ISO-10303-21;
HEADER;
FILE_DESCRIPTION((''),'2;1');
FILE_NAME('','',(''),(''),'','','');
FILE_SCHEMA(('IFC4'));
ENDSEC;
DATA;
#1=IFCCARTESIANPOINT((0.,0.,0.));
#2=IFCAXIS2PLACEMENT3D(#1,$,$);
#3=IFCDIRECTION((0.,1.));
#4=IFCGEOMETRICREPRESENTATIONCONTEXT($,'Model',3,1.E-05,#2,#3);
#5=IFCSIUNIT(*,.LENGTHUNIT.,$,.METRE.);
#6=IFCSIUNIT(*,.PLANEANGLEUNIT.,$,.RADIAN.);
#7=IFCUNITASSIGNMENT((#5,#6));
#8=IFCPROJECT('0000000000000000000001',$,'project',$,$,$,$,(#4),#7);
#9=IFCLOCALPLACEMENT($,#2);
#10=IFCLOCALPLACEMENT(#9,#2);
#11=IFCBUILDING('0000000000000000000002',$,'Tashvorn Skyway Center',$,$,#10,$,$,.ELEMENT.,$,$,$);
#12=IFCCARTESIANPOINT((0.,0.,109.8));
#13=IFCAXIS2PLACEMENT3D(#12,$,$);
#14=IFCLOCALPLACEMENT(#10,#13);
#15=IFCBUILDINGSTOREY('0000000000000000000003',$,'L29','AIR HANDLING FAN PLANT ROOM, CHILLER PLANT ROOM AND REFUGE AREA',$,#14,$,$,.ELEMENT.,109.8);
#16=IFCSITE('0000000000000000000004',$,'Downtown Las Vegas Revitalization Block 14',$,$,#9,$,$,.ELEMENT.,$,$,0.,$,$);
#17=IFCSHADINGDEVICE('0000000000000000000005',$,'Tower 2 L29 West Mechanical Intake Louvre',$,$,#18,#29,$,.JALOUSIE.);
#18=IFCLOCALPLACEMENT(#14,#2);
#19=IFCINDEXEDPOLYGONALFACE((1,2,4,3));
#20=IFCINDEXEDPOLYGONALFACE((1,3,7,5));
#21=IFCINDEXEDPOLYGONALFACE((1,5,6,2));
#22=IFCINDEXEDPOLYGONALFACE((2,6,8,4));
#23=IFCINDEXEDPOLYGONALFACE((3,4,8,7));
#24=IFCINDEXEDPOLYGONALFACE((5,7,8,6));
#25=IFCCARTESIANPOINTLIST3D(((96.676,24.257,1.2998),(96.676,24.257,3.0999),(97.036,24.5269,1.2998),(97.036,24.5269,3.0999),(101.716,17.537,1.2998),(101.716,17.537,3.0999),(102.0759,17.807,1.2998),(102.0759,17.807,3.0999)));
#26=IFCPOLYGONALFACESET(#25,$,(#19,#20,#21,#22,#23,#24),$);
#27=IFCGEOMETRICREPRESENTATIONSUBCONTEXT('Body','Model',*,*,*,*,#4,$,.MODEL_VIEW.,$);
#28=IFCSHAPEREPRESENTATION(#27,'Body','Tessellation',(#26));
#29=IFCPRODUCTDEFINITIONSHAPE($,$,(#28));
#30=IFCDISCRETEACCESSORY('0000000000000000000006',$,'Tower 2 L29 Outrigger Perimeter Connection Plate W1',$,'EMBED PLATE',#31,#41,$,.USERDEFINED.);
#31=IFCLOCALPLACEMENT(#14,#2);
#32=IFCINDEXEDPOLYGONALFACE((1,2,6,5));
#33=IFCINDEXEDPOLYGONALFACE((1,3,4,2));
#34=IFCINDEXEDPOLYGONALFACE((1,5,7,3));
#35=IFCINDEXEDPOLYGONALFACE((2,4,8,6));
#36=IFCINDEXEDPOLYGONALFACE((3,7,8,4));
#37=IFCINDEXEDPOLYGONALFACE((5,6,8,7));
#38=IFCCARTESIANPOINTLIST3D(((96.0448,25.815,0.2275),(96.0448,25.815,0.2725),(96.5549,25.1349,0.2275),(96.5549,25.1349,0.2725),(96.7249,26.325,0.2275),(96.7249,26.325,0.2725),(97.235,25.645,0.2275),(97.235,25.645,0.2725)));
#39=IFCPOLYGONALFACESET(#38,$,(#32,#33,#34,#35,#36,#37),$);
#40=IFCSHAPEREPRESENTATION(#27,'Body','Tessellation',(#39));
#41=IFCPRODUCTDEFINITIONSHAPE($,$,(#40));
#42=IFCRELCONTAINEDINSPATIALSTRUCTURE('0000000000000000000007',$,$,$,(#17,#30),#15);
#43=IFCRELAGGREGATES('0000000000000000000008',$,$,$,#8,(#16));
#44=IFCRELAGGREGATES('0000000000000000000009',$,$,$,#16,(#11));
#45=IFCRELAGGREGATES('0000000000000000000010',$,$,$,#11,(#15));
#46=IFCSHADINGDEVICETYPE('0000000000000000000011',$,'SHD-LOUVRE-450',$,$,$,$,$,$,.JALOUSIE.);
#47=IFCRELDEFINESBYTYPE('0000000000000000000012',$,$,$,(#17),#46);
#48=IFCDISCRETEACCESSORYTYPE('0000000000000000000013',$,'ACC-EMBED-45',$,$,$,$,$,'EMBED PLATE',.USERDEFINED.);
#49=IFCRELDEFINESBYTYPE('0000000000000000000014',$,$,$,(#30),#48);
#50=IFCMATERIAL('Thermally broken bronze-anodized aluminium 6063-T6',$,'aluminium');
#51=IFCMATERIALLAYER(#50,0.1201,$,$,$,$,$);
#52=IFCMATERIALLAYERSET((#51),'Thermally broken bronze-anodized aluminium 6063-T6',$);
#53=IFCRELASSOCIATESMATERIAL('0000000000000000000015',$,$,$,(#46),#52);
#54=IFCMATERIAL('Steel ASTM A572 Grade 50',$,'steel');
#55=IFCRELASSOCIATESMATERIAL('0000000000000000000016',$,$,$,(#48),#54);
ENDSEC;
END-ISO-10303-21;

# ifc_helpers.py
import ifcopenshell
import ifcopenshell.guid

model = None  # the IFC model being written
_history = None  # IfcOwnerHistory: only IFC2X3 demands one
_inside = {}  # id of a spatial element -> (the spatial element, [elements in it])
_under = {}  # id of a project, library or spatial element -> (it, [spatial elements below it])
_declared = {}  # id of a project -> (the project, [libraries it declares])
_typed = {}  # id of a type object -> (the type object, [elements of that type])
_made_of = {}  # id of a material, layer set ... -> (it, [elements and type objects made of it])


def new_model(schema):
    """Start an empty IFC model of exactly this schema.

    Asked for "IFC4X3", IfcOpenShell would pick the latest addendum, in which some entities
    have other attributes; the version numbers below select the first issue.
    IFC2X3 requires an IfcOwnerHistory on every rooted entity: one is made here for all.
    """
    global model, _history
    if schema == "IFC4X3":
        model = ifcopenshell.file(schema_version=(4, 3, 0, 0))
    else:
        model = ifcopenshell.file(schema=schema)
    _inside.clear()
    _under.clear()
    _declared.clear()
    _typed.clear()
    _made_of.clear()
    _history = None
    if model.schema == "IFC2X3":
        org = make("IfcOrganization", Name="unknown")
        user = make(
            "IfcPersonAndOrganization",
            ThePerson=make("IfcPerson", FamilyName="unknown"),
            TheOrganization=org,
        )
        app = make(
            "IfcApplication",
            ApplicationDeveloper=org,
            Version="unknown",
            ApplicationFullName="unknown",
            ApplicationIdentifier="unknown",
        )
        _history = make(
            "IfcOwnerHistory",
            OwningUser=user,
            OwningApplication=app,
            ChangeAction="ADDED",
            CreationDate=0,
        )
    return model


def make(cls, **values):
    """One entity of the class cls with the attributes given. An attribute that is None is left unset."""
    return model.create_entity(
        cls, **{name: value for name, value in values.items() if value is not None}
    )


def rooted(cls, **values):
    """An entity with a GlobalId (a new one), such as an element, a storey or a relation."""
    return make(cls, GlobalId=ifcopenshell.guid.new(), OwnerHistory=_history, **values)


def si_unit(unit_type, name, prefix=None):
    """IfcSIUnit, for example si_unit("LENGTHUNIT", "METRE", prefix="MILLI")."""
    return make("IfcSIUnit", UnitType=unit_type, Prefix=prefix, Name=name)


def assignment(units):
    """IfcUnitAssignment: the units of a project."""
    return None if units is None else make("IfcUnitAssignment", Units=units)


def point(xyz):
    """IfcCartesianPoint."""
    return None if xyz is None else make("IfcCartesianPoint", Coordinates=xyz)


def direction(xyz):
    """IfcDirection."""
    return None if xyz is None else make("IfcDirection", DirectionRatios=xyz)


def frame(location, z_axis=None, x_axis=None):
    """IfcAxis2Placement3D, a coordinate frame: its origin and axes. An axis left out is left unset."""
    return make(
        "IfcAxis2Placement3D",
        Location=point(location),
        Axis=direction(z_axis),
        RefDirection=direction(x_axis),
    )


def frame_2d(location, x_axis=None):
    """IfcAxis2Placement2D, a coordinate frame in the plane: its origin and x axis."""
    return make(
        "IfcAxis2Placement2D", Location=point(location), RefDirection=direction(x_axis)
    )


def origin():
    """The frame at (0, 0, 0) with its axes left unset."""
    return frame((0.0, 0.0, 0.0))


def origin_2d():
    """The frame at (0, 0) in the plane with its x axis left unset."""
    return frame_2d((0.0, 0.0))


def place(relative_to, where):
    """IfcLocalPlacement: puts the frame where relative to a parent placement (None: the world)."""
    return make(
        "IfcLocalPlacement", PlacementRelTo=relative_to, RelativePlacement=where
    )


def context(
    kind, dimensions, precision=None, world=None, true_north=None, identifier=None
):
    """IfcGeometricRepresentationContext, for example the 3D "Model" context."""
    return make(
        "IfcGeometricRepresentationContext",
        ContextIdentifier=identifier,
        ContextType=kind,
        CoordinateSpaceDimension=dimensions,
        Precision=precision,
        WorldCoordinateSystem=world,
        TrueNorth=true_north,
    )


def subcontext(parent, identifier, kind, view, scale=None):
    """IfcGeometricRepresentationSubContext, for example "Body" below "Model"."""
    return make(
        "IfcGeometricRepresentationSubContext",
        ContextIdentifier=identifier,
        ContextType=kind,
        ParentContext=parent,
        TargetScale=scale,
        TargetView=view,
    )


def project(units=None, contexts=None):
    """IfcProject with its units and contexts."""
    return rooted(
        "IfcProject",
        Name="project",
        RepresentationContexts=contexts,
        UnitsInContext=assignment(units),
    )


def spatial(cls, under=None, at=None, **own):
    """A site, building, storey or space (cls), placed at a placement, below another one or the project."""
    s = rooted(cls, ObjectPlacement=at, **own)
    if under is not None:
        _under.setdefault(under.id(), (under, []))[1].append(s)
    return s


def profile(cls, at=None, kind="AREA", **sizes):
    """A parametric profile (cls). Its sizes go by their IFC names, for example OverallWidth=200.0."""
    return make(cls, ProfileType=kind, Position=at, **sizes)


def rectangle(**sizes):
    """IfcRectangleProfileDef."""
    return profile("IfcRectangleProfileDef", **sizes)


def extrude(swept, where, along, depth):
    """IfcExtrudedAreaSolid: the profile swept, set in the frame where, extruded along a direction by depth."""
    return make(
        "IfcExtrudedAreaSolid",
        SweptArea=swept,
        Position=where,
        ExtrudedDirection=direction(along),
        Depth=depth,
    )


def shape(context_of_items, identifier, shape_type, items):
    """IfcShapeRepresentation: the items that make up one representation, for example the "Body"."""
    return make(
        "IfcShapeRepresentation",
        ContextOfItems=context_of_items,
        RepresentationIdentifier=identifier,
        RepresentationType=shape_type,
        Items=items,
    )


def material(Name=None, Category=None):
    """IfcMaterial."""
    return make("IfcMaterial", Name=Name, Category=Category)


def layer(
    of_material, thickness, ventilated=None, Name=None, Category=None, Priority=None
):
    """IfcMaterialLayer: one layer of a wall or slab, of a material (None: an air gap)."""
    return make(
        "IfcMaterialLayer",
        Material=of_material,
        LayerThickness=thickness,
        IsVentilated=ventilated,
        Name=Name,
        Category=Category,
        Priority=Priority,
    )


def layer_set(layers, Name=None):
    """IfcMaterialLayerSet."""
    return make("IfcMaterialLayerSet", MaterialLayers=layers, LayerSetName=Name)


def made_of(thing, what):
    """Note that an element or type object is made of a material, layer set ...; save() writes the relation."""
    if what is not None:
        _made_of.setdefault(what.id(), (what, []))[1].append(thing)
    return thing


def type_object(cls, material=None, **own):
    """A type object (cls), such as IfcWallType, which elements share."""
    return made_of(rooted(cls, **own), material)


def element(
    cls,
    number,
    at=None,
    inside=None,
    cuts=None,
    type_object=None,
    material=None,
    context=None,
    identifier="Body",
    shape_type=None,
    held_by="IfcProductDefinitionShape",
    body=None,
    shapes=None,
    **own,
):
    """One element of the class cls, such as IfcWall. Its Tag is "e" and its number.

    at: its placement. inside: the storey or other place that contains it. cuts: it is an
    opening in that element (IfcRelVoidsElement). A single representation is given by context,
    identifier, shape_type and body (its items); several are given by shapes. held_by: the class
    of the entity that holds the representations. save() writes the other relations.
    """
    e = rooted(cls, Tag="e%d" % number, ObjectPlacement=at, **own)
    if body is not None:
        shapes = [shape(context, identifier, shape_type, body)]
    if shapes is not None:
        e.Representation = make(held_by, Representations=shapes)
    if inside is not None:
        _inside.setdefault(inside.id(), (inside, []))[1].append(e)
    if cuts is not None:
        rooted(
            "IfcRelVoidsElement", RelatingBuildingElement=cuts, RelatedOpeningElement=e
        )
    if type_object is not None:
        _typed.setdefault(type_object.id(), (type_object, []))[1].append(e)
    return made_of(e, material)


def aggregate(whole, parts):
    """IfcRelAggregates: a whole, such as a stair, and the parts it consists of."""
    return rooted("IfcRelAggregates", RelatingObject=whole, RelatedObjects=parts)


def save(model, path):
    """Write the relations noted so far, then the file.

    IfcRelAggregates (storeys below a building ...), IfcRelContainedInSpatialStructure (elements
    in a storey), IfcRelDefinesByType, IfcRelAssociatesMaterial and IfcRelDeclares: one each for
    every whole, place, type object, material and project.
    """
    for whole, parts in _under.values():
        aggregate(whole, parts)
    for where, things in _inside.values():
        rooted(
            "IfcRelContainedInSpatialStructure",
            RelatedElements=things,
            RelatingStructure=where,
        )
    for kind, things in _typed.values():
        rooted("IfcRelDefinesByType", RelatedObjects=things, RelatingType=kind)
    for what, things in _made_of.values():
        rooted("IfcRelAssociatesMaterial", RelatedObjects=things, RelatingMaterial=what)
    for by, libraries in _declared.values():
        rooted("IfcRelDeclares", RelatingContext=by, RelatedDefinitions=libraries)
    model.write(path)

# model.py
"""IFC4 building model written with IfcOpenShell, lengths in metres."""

from ifc_helpers import new_model, si_unit, direction, frame, origin, origin_2d, place, context, subcontext, project, spatial, rectangle, extrude, material, layer, layer_set, type_object, element, save


model = new_model("IFC4")

# Units and contexts
model_context = context("Model", 3, precision=1e-05, world=origin(), true_north=direction((0.0, 1.0)))
body_context = subcontext(model_context, "Body", "Model", "MODEL_VIEW")
ifc_project = project(units=[si_unit("LENGTHUNIT", "METRE"), si_unit("PLANEANGLEUNIT", "RADIAN")], contexts=[model_context])

# Site, building, storey
site_placement = place(None, origin())
site = spatial("IfcSite", under=ifc_project, at=site_placement, Name="Downtown Las Vegas Revitalization Block 14", CompositionType="ELEMENT", RefElevation=0.0)
building_placement = place(site_placement, origin())
building = spatial("IfcBuilding", under=site, at=building_placement, Name="Tashvorn Skyway Center", CompositionType="ELEMENT")
storey_placement = place(building_placement, frame((0.0, 0.0, 109.8)))
storey = spatial("IfcBuildingStorey", under=building, at=storey_placement, Name="L29", Description="AIR HANDLING FAN PLANT ROOM, CHILLER PLANT ROOM AND REFUGE AREA", CompositionType="ELEMENT", Elevation=109.8)

# Shared definitions
ifc_material_1 = material(Name="Steel ASTM A572 Grade 50", Category="steel")

# Shading device
ifc_material_2 = material(Name="Thermally broken bronze-anodized aluminium 6063-T6", Category="aluminium")
ifc_layer_1 = layer(ifc_material_2, 0.1201)
ifc_layer_set_1 = layer_set([ifc_layer_1], Name="Thermally broken bronze-anodized aluminium 6063-T6")
shading_device_type = type_object("IfcShadingDeviceType", Name="SHD-LOUVRE-450", PredefinedType="JALOUSIE", material=ifc_layer_set_1)
for number, where, z_axis, x_axis, name in (
    (1, (99.376, 21.032, 1.2998), (0.0, 0.0, 1.0), (-0.6, 0.8, 0.0), "Tower 2 L29 West Mechanical Intake Louvre"),
):
    element("IfcShadingDevice", number, at=place(storey_placement, frame(where, z_axis=z_axis, x_axis=x_axis)), inside=storey, type_object=shading_device_type, Name=name, PredefinedType="JALOUSIE", context=body_context, shape_type="SweptSolid", body=[
        extrude(rectangle(XDim=8.3999, YDim=0.45, at=origin_2d()), origin(), (0.0, 0.0, 1.0), 1.8),
    ])

# Discrete accessory
discrete_accessory_type = type_object("IfcDiscreteAccessoryType", Name="ACC-EMBED-45", ElementType="EMBED PLATE", PredefinedType="USERDEFINED", material=ifc_material_1)
discrete_accessory_placement = place(storey_placement, frame((96.6399, 25.73, 0.2275), z_axis=(0.0, 0.0, 1.0), x_axis=(0.8, 0.6, 0.0)))
element("IfcDiscreteAccessory", 2, at=discrete_accessory_placement, inside=storey, type_object=discrete_accessory_type, Name="Tower 2 L29 Outrigger Perimeter Connection Plate W1", ObjectType="EMBED PLATE", PredefinedType="USERDEFINED", context=body_context, shape_type="SweptSolid", body=[
    extrude(rectangle(XDim=0.8501, YDim=0.8501, at=origin_2d()), origin(), (0.0, 0.0, 1.0), 0.0449),
])

save(model, "model.ifc")
